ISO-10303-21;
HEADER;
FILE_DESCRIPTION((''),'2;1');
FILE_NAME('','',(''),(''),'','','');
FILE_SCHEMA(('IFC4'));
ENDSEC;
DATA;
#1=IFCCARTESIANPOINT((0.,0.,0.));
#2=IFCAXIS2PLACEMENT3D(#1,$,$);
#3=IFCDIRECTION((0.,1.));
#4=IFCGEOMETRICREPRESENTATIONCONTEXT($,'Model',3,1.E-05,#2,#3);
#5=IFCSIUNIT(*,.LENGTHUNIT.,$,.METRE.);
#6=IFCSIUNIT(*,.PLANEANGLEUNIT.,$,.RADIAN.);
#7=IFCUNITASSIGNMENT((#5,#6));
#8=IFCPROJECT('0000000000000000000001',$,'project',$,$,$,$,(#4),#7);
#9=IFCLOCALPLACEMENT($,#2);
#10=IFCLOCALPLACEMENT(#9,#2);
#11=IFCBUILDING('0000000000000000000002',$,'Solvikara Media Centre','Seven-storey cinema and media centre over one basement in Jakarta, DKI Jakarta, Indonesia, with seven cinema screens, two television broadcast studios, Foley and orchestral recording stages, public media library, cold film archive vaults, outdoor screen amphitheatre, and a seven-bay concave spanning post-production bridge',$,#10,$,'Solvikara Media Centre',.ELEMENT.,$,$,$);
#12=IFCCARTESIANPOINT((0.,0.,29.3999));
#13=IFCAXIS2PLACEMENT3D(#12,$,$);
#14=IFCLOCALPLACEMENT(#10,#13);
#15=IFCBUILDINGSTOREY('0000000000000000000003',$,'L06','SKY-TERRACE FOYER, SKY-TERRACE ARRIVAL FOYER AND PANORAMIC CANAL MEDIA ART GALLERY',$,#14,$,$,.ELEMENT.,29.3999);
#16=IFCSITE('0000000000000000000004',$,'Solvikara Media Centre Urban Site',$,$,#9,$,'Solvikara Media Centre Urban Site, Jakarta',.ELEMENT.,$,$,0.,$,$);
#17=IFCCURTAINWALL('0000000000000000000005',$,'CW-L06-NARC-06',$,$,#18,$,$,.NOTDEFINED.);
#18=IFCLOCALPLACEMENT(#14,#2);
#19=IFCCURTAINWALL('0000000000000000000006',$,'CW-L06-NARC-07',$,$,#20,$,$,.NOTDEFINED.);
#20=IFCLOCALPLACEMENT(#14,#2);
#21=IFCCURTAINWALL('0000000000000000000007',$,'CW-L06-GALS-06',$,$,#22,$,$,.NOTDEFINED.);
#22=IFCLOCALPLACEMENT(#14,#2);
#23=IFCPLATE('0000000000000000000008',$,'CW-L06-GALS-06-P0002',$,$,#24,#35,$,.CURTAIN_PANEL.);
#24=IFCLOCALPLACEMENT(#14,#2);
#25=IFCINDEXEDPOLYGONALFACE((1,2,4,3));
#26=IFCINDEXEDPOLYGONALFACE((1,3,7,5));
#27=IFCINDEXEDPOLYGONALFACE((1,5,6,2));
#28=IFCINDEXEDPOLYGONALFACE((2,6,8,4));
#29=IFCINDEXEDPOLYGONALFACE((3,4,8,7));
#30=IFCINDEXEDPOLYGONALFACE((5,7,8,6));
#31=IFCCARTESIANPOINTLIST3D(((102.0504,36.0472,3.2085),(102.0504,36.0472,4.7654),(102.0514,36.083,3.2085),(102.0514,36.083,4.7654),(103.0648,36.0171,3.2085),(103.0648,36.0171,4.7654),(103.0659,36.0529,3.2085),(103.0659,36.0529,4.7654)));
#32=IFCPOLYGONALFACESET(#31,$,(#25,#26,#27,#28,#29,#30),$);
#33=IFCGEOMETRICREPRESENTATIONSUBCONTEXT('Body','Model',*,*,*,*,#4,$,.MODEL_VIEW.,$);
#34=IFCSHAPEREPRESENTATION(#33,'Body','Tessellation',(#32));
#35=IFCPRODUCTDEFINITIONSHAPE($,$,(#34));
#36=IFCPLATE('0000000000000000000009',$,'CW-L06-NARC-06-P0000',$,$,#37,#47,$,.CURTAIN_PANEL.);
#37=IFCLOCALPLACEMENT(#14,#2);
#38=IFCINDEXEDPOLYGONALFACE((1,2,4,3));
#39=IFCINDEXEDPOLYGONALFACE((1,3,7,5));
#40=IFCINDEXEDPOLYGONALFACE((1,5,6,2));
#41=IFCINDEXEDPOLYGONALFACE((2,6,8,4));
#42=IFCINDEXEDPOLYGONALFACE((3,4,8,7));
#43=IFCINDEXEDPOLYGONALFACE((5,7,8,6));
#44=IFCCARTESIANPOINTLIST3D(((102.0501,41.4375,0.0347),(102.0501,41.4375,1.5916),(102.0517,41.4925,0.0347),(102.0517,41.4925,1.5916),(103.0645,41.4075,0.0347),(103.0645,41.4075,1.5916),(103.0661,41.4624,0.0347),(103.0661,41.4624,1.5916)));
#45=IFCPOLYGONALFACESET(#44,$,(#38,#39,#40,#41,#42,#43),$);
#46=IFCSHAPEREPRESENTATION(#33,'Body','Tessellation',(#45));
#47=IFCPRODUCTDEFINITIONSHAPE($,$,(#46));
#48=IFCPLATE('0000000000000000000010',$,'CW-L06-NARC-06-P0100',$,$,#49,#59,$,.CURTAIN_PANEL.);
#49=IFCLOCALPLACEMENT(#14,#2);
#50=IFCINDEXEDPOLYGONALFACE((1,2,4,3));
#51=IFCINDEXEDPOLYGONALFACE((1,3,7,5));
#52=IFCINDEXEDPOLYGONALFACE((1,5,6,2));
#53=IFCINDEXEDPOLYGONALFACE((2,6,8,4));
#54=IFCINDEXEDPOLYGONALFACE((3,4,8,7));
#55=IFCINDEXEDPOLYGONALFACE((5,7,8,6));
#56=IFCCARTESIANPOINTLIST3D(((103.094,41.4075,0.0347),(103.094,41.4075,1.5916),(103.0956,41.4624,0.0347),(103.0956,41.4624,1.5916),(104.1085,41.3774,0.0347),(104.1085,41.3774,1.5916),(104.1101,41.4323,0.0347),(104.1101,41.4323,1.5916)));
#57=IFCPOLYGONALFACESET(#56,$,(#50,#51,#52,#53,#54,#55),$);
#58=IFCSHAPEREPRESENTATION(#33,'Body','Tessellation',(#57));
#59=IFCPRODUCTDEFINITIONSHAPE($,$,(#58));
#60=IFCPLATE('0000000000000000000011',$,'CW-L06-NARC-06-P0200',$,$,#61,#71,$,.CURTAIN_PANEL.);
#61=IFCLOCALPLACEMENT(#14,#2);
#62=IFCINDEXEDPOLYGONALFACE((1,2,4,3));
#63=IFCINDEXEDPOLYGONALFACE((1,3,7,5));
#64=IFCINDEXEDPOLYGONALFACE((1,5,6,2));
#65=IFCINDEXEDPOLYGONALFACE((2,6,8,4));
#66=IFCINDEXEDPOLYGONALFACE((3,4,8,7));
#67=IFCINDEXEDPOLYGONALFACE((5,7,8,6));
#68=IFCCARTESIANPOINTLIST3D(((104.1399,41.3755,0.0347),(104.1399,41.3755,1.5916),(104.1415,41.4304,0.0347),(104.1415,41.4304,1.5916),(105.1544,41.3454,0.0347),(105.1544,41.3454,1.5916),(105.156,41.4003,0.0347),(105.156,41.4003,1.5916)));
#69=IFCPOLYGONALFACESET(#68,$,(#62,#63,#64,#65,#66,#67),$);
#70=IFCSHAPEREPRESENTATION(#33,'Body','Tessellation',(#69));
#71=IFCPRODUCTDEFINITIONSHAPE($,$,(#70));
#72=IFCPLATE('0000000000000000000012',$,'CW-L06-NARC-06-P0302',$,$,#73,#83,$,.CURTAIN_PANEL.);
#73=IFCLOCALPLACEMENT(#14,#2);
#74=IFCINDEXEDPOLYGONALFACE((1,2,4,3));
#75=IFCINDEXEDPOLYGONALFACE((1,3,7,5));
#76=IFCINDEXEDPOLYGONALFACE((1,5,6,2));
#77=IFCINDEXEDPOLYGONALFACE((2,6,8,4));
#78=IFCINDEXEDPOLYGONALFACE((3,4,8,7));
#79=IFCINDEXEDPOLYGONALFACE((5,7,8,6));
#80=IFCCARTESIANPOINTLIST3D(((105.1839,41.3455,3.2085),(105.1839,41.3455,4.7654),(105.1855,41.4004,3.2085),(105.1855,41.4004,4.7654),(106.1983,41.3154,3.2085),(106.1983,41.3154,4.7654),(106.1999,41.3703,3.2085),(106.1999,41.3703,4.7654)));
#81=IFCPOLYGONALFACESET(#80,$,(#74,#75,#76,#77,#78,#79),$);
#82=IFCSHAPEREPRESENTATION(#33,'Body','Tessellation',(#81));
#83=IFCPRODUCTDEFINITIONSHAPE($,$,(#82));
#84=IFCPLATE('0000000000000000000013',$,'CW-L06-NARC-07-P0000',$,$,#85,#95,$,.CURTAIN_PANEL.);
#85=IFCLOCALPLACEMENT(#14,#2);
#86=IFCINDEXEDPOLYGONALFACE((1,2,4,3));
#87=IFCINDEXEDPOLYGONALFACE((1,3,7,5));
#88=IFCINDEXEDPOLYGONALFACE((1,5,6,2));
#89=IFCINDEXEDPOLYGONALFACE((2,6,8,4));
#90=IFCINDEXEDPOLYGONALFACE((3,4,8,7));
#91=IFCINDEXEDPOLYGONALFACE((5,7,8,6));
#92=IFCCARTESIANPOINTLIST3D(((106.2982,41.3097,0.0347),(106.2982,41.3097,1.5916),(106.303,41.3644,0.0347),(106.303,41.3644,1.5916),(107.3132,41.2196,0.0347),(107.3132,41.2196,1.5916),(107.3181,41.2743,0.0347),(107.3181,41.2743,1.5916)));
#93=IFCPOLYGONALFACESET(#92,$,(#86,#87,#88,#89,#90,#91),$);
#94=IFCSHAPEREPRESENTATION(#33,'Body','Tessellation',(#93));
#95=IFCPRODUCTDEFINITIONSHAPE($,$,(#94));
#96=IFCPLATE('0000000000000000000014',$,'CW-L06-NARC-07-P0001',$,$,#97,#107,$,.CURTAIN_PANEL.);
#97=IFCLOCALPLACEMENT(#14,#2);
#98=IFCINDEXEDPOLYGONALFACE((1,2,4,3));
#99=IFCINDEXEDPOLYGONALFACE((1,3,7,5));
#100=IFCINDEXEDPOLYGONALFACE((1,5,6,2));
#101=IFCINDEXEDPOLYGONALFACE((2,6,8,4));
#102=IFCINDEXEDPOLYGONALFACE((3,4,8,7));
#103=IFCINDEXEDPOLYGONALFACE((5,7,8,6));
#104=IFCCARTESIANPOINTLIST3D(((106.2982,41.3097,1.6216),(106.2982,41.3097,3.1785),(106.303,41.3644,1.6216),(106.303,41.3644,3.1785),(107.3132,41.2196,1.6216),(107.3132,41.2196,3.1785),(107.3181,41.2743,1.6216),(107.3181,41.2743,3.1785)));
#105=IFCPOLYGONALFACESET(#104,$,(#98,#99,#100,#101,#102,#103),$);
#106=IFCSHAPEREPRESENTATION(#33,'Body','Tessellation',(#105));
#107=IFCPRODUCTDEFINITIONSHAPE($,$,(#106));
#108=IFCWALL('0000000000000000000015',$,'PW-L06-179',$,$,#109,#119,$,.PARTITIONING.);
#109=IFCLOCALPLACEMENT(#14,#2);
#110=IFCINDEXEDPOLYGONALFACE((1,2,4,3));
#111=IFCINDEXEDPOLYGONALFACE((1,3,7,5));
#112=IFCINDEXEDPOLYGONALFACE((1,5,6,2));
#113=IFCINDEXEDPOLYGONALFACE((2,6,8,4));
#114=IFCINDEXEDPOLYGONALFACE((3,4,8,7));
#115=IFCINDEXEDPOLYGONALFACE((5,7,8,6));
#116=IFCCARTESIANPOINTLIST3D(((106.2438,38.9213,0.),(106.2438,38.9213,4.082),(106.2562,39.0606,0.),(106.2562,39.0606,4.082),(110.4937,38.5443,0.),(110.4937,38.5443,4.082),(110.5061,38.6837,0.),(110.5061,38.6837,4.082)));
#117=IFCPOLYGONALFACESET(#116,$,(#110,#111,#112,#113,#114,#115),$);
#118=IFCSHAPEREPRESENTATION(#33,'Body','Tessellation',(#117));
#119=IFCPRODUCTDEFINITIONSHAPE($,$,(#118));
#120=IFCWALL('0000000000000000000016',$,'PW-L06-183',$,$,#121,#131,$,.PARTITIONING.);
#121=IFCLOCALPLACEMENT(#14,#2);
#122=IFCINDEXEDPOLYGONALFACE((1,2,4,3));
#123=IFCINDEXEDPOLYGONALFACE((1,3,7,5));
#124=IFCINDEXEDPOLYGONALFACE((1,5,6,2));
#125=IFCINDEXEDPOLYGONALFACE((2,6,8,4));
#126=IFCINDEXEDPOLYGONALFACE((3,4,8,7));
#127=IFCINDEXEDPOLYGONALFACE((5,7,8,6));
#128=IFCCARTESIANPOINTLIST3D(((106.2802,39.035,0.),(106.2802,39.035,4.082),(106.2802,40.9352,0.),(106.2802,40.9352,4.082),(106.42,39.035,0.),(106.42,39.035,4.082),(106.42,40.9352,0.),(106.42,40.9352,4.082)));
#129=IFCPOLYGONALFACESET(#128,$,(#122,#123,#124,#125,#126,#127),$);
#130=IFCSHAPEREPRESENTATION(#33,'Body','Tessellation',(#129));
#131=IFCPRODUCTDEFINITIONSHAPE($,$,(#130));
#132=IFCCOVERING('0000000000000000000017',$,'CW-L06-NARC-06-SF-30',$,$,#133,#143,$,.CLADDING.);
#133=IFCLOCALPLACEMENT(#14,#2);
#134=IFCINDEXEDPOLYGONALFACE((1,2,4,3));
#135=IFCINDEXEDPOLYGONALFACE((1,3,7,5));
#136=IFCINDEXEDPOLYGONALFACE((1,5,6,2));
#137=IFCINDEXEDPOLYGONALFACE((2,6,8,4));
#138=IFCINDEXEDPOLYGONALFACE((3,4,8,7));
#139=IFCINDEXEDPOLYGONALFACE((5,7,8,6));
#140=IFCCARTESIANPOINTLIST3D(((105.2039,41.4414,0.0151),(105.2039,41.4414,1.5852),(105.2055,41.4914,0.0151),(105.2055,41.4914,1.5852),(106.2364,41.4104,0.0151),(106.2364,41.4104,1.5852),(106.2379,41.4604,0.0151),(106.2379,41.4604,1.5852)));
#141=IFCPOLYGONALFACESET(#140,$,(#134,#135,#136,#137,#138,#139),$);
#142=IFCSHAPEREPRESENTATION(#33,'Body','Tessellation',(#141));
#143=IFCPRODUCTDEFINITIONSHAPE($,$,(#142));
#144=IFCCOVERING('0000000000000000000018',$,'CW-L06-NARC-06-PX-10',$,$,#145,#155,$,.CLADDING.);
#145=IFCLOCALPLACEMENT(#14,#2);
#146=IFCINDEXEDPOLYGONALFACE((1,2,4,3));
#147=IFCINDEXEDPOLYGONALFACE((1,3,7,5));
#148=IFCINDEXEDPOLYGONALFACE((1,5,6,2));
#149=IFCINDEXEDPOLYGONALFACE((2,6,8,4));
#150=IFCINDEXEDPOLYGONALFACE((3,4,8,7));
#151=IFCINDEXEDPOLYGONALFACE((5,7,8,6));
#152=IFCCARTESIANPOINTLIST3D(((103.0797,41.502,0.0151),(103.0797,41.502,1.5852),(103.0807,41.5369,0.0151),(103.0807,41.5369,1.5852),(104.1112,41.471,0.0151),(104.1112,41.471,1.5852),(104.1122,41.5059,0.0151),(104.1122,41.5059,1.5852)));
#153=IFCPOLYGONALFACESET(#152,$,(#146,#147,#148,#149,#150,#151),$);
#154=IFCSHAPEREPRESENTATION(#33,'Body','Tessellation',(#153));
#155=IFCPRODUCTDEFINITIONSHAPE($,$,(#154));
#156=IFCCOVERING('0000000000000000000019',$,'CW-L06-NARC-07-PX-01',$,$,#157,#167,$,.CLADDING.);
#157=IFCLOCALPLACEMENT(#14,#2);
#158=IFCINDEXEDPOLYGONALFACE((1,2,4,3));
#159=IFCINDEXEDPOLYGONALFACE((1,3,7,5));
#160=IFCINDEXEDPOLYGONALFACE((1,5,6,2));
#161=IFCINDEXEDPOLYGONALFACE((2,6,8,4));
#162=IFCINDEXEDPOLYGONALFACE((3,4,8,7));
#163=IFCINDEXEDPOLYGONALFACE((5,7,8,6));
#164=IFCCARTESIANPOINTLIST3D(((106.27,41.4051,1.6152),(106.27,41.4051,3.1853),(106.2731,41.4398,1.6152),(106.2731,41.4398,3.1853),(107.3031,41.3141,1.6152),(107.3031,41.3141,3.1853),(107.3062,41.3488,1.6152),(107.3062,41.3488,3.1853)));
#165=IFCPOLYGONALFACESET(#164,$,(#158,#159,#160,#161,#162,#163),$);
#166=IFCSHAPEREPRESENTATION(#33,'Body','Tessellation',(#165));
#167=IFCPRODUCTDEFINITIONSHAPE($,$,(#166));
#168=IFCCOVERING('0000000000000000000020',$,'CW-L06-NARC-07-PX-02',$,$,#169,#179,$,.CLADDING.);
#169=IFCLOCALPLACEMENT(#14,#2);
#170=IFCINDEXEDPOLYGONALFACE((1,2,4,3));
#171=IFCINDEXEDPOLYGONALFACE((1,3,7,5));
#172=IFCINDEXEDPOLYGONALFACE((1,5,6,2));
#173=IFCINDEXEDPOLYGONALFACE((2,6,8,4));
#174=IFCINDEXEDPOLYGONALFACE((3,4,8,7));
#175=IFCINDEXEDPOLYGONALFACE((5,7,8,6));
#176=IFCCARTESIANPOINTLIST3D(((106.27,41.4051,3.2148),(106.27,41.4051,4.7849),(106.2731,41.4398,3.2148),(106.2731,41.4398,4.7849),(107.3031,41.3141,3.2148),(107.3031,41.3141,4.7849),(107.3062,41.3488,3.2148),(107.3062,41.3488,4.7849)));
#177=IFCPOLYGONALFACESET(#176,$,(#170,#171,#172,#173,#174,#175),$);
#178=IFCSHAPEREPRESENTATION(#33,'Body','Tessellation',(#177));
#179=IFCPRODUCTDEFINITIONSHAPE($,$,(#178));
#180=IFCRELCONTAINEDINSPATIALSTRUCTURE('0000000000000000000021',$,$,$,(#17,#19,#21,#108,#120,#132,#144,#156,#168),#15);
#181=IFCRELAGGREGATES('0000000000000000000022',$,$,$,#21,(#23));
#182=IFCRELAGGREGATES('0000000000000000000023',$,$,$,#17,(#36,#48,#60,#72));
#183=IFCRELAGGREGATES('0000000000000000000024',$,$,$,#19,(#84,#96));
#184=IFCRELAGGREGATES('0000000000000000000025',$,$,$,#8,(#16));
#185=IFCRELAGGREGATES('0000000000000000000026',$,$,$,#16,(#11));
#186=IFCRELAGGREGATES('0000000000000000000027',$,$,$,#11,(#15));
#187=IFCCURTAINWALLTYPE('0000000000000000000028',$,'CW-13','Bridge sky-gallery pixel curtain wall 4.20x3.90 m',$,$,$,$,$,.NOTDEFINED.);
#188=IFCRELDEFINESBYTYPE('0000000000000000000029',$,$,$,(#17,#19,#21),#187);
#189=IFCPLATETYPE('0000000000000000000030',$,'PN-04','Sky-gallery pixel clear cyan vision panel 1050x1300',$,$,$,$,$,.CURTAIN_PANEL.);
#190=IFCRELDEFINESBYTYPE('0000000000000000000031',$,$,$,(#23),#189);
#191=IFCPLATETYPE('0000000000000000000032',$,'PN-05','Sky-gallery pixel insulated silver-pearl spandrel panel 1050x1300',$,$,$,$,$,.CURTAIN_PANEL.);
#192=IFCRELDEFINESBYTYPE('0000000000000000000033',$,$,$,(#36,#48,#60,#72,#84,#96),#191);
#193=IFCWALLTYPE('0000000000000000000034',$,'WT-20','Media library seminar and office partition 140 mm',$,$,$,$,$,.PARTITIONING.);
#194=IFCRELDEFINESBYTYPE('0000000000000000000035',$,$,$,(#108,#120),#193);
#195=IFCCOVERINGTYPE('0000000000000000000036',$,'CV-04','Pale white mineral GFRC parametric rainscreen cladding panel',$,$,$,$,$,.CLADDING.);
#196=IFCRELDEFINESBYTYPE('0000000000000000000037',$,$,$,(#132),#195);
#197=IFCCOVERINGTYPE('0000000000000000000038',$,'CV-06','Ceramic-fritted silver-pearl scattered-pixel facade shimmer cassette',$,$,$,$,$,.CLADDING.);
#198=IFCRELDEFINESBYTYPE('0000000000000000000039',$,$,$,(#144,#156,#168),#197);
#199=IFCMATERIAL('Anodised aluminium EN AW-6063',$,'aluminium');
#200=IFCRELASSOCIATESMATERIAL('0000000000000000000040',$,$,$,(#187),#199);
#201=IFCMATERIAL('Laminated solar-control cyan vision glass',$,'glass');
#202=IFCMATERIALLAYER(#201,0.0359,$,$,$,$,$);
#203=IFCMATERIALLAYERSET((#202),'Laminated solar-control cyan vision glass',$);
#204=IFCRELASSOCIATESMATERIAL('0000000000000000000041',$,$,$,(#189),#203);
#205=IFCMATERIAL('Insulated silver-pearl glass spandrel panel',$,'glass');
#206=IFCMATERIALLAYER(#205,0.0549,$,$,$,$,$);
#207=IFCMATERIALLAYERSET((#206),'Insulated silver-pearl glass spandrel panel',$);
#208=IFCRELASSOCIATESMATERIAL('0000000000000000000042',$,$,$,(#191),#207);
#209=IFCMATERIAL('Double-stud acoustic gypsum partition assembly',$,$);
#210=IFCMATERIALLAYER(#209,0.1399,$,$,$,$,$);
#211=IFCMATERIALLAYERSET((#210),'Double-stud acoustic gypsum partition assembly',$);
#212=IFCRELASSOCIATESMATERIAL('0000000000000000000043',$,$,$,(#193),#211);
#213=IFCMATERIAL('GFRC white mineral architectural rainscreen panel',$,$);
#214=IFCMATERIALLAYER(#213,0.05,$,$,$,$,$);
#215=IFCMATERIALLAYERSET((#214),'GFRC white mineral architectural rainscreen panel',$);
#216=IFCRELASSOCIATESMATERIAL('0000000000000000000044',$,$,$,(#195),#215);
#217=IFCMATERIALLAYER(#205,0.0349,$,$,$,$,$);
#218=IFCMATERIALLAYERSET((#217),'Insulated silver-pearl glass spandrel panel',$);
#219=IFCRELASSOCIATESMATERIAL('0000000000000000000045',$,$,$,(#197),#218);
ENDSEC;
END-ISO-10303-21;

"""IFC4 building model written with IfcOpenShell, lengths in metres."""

from ifc_helpers import new_model, si_unit, direction, frame, frame_2d, origin, origin_2d, place, context, subcontext, project, spatial, rectangle, extrude, material, layer, layer_set, type_object, element, aggregate, save


model = new_model("IFC4")

# Units and contexts
model_context = context("Model", 3, precision=1e-05, world=origin(), true_north=direction((0.0, 1.0)))
body_context = subcontext(model_context, "Body", "Model", "MODEL_VIEW")
ifc_project = project(units=[si_unit("LENGTHUNIT", "METRE"), si_unit("PLANEANGLEUNIT", "RADIAN")], contexts=[model_context])

# Site, building, storey
site_placement = place(None, origin())
site = spatial("IfcSite", under=ifc_project, at=site_placement, Name="Solvikara Media Centre Urban Site", LongName="Solvikara Media Centre Urban Site, Jakarta", CompositionType="ELEMENT", RefElevation=0.0)
building_placement = place(site_placement, origin())
building = spatial("IfcBuilding", under=site, at=building_placement, Name="Solvikara Media Centre", Description="Seven-storey cinema and media centre over one basement in Jakarta, DKI Jakarta, Indonesia, with seven cinema screens, two television broadcast studios, Foley and orchestral recording stages, public media library, cold film archive vaults, outdoor screen amphitheatre, and a seven-bay concave spanning post-production bridge", LongName="Solvikara Media Centre", CompositionType="ELEMENT")
storey_placement = place(building_placement, frame((0.0, 0.0, 29.3999)))
storey = spatial("IfcBuildingStorey", under=building, at=storey_placement, Name="L06", Description="SKY-TERRACE FOYER, SKY-TERRACE ARRIVAL FOYER AND PANORAMIC CANAL MEDIA ART GALLERY", CompositionType="ELEMENT", Elevation=29.3999)

# Curtain walls
ifc_material_1 = material(Name="Anodised aluminium EN AW-6063", Category="aluminium")
curtain_wall_type = type_object("IfcCurtainWallType", Name="CW-13", Description="Bridge sky-gallery pixel curtain wall 4.20x3.90 m", PredefinedType="NOTDEFINED", material=ifc_material_1)
curtain_wall_1_placement = place(storey_placement, origin())
curtain_wall_1 = element("IfcCurtainWall", 1, at=curtain_wall_1_placement, inside=storey, type_object=curtain_wall_type, Name="CW-L06-NARC-06", PredefinedType="NOTDEFINED")
curtain_wall_2_placement = place(storey_placement, origin())
curtain_wall_2 = element("IfcCurtainWall", 2, at=curtain_wall_2_placement, inside=storey, type_object=curtain_wall_type, Name="CW-L06-NARC-07", PredefinedType="NOTDEFINED")

# Shared definitions
ifc_material_2 = material(Name="Laminated solar-control cyan vision glass", Category="glass")
ifc_layer_1 = layer(ifc_material_2, 0.0359)
ifc_layer_set_1 = layer_set([ifc_layer_1], Name="Laminated solar-control cyan vision glass")
plate_type_1 = type_object("IfcPlateType", Name="PN-04", Description="Sky-gallery pixel clear cyan vision panel 1050x1300", PredefinedType="CURTAIN_PANEL", material=ifc_layer_set_1)

# Curtain wall, plate
curtain_wall_3_placement = place(storey_placement, origin())
curtain_wall_3 = element("IfcCurtainWall", 3, at=curtain_wall_3_placement, inside=storey, type_object=curtain_wall_type, Name="CW-L06-GALS-06", PredefinedType="NOTDEFINED")
plate_1_placement = place(storey_placement, frame((102.5581, 36.05, 3.2085), z_axis=(0.0, 0.0, 1.0), x_axis=(0.99956, -0.029649, 0.0)))
plate_1 = element("IfcPlate", 4, at=plate_1_placement, type_object=plate_type_1, Name="CW-L06-GALS-06-P0002", PredefinedType="CURTAIN_PANEL", context=body_context, shape_type="SweptSolid", body=[
    extrude(rectangle(XDim=1.0149, YDim=0.0359, at=origin_2d()), origin(), (0.0, 0.0, 1.0), 1.5569),
])
aggregate(curtain_wall_3, [plate_1])

# Plates
ifc_material_3 = material(Name="Insulated silver-pearl glass spandrel panel", Category="glass")
ifc_layer_2 = layer(ifc_material_3, 0.0549)
ifc_layer_set_2 = layer_set([ifc_layer_2], Name="Insulated silver-pearl glass spandrel panel")
plate_type_2 = type_object("IfcPlateType", Name="PN-05", Description="Sky-gallery pixel insulated silver-pearl spandrel panel 1050x1300", PredefinedType="CURTAIN_PANEL", material=ifc_layer_set_2)
plate_2_placement = place(storey_placement, frame((102.5581, 41.45, 0.0347), z_axis=(0.0, 0.0, 1.0), x_axis=(0.99956, -0.029649, 0.0)))
plate_2 = element("IfcPlate", 5, at=plate_2_placement, type_object=plate_type_2, Name="CW-L06-NARC-06-P0000", PredefinedType="CURTAIN_PANEL", context=body_context, shape_type="SweptSolid", body=[
    extrude(rectangle(XDim=1.0149, YDim=0.0549, at=origin_2d()), origin(), (0.0, 0.0, 1.0), 1.5569),
])
plate_3_placement = place(storey_placement, frame((103.6021, 41.4199, 0.0347), z_axis=(0.0, 0.0, 1.0), x_axis=(0.99956, -0.029649, 0.0)))
plate_3 = element("IfcPlate", 6, at=plate_3_placement, type_object=plate_type_2, Name="CW-L06-NARC-06-P0100", PredefinedType="CURTAIN_PANEL", context=body_context, shape_type="SweptSolid", body=[
    extrude(rectangle(XDim=1.0149, YDim=0.0549, at=origin_2d()), origin(), (0.0, 0.0, 1.0), 1.5569),
])
plate_4_placement = place(storey_placement, frame((104.6479, 41.3879, 0.0347), z_axis=(0.0, 0.0, 1.0), x_axis=(0.99956, -0.029649, 0.0)))
plate_4 = element("IfcPlate", 7, at=plate_4_placement, type_object=plate_type_2, Name="CW-L06-NARC-06-P0200", PredefinedType="CURTAIN_PANEL", context=body_context, shape_type="SweptSolid", body=[
    extrude(rectangle(XDim=1.0149, YDim=0.0549, at=origin_2d()), origin(), (0.0, 0.0, 1.0), 1.5569),
])
plate_5_placement = place(storey_placement, frame((105.6919, 41.3579, 3.2085), z_axis=(0.0, 0.0, 1.0), x_axis=(0.99956, -0.029649, 0.0)))
plate_5 = element("IfcPlate", 8, at=plate_5_placement, type_object=plate_type_2, Name="CW-L06-NARC-06-P0302", PredefinedType="CURTAIN_PANEL", context=body_context, shape_type="SweptSolid", body=[
    extrude(rectangle(XDim=1.0149, YDim=0.0549, at=origin_2d()), origin(), (0.0, 0.0, 1.0), 1.5569),
])
aggregate(curtain_wall_1, [plate_2, plate_3, plate_4, plate_5])
plate_6_placement = place(storey_placement, frame((106.8081, 41.292, 0.0347), z_axis=(0.0, 0.0, 1.0), x_axis=(0.996084, -0.088408, 0.0)))
plate_6 = element("IfcPlate", 9, at=plate_6_placement, type_object=plate_type_2, Name="CW-L06-NARC-07-P0000", PredefinedType="CURTAIN_PANEL", context=body_context, shape_type="SweptSolid", body=[
    extrude(rectangle(XDim=1.019, YDim=0.0549, at=origin_2d()), origin(), (0.0, 0.0, 1.0), 1.5569),
])
plate_7_placement = place(storey_placement, frame((106.8081, 41.292, 1.6216), z_axis=(0.0, 0.0, 1.0), x_axis=(0.996084, -0.088408, 0.0)))
plate_7 = element("IfcPlate", 10, at=plate_7_placement, type_object=plate_type_2, Name="CW-L06-NARC-07-P0001", PredefinedType="CURTAIN_PANEL", context=body_context, shape_type="SweptSolid", body=[
    extrude(rectangle(XDim=1.019, YDim=0.0549, at=origin_2d()), origin(), (0.0, 0.0, 1.0), 1.5569),
])
aggregate(curtain_wall_2, [plate_6, plate_7])

# Walls
ifc_material_4 = material(Name="Double-stud acoustic gypsum partition assembly")
ifc_layer_3 = layer(ifc_material_4, 0.1399)
ifc_layer_set_3 = layer_set([ifc_layer_3], Name="Double-stud acoustic gypsum partition assembly")
wall_type = type_object("IfcWallType", Name="WT-20", Description="Media library seminar and office partition 140 mm", PredefinedType="PARTITIONING", material=ifc_layer_set_3)
wall_1_placement = place(storey_placement, frame((106.25, 38.991, 0.0), z_axis=(0.0, 0.0, 1.0), x_axis=(0.99609, -0.088348, 0.0)))
element("IfcWall", 11, at=wall_1_placement, inside=storey, type_object=wall_type, Name="PW-L06-179", PredefinedType="PARTITIONING", context=body_context, shape_type="SweptSolid", body=[
    extrude(rectangle(XDim=4.2666, YDim=0.1399, at=frame_2d((2.1333, 0.0))), origin(), (0.0, 0.0, 1.0), 4.082),
])
wall_2_placement = place(storey_placement, frame((106.3501, 39.0349, 0.0), z_axis=(0.0, 0.0, 1.0), x_axis=(0.0, 1.0, 0.0)))
element("IfcWall", 12, at=wall_2_placement, inside=storey, type_object=wall_type, Name="PW-L06-183", PredefinedType="PARTITIONING", context=body_context, shape_type="SweptSolid", body=[
    extrude(rectangle(XDim=1.9001, YDim=0.1399, at=frame_2d((0.9502, 0.0))), origin(), (0.0, 0.0, 1.0), 4.082),
])

# Coverings
ifc_material_5 = material(Name="GFRC white mineral architectural rainscreen panel")
ifc_layer_4 = layer(ifc_material_5, 0.05)
ifc_layer_set_4 = layer_set([ifc_layer_4], Name="GFRC white mineral architectural rainscreen panel")
covering_type_1 = type_object("IfcCoveringType", Name="CV-04", Description="Pale white mineral GFRC parametric rainscreen cladding panel", PredefinedType="CLADDING", material=ifc_layer_set_4)
covering_1_placement = place(storey_placement, frame((105.7209, 41.4509, 0.0151), z_axis=(0.0, 0.0, 1.0), x_axis=(0.99955, -0.029998, 0.0)))
element("IfcCovering", 13, at=covering_1_placement, inside=storey, type_object=covering_type_1, Name="CW-L06-NARC-06-SF-30", PredefinedType="CLADDING", context=body_context, shape_type="SweptSolid", body=[
    extrude(rectangle(XDim=1.033, YDim=0.05, at=origin_2d()), origin(), (0.0, 0.0, 1.0), 1.5701),
])
ifc_layer_5 = layer(ifc_material_3, 0.0349)
ifc_layer_set_5 = layer_set([ifc_layer_5], Name="Insulated silver-pearl glass spandrel panel")
covering_type_2 = type_object("IfcCoveringType", Name="CV-06", Description="Ceramic-fritted silver-pearl scattered-pixel facade shimmer cassette", PredefinedType="CLADDING", material=ifc_layer_set_5)
covering_2_placement = place(storey_placement, frame((103.5959, 41.5039, 0.0151), z_axis=(0.0, 0.0, 1.0), x_axis=(0.999549, -0.030033, 0.0)))
element("IfcCovering", 14, at=covering_2_placement, inside=storey, type_object=covering_type_2, Name="CW-L06-NARC-06-PX-10", PredefinedType="CLADDING", context=body_context, shape_type="SweptSolid", body=[
    extrude(rectangle(XDim=1.032, YDim=0.0349, at=origin_2d()), origin(), (0.0, 0.0, 1.0), 1.5701),
])
for number, where, z_axis, x_axis, name in (
    (15, (106.7881, 41.377, 1.6152), (0.0, 0.0, 1.0), (0.996143, -0.087747, 0.0), "CW-L06-NARC-07-PX-01"),
    (16, (106.7881, 41.377, 3.2148), (0.0, 0.0, 1.0), (0.996143, -0.087747, 0.0), "CW-L06-NARC-07-PX-02"),
):
    element("IfcCovering", number, at=place(storey_placement, frame(where, z_axis=z_axis, x_axis=x_axis)), inside=storey, type_object=covering_type_2, Name=name, PredefinedType="CLADDING", context=body_context, shape_type="SweptSolid", body=[
        extrude(rectangle(XDim=1.0371, YDim=0.0349, at=origin_2d()), origin(), (0.0, 0.0, 1.0), 1.5701),
    ])

save(model, "model.ifc")
